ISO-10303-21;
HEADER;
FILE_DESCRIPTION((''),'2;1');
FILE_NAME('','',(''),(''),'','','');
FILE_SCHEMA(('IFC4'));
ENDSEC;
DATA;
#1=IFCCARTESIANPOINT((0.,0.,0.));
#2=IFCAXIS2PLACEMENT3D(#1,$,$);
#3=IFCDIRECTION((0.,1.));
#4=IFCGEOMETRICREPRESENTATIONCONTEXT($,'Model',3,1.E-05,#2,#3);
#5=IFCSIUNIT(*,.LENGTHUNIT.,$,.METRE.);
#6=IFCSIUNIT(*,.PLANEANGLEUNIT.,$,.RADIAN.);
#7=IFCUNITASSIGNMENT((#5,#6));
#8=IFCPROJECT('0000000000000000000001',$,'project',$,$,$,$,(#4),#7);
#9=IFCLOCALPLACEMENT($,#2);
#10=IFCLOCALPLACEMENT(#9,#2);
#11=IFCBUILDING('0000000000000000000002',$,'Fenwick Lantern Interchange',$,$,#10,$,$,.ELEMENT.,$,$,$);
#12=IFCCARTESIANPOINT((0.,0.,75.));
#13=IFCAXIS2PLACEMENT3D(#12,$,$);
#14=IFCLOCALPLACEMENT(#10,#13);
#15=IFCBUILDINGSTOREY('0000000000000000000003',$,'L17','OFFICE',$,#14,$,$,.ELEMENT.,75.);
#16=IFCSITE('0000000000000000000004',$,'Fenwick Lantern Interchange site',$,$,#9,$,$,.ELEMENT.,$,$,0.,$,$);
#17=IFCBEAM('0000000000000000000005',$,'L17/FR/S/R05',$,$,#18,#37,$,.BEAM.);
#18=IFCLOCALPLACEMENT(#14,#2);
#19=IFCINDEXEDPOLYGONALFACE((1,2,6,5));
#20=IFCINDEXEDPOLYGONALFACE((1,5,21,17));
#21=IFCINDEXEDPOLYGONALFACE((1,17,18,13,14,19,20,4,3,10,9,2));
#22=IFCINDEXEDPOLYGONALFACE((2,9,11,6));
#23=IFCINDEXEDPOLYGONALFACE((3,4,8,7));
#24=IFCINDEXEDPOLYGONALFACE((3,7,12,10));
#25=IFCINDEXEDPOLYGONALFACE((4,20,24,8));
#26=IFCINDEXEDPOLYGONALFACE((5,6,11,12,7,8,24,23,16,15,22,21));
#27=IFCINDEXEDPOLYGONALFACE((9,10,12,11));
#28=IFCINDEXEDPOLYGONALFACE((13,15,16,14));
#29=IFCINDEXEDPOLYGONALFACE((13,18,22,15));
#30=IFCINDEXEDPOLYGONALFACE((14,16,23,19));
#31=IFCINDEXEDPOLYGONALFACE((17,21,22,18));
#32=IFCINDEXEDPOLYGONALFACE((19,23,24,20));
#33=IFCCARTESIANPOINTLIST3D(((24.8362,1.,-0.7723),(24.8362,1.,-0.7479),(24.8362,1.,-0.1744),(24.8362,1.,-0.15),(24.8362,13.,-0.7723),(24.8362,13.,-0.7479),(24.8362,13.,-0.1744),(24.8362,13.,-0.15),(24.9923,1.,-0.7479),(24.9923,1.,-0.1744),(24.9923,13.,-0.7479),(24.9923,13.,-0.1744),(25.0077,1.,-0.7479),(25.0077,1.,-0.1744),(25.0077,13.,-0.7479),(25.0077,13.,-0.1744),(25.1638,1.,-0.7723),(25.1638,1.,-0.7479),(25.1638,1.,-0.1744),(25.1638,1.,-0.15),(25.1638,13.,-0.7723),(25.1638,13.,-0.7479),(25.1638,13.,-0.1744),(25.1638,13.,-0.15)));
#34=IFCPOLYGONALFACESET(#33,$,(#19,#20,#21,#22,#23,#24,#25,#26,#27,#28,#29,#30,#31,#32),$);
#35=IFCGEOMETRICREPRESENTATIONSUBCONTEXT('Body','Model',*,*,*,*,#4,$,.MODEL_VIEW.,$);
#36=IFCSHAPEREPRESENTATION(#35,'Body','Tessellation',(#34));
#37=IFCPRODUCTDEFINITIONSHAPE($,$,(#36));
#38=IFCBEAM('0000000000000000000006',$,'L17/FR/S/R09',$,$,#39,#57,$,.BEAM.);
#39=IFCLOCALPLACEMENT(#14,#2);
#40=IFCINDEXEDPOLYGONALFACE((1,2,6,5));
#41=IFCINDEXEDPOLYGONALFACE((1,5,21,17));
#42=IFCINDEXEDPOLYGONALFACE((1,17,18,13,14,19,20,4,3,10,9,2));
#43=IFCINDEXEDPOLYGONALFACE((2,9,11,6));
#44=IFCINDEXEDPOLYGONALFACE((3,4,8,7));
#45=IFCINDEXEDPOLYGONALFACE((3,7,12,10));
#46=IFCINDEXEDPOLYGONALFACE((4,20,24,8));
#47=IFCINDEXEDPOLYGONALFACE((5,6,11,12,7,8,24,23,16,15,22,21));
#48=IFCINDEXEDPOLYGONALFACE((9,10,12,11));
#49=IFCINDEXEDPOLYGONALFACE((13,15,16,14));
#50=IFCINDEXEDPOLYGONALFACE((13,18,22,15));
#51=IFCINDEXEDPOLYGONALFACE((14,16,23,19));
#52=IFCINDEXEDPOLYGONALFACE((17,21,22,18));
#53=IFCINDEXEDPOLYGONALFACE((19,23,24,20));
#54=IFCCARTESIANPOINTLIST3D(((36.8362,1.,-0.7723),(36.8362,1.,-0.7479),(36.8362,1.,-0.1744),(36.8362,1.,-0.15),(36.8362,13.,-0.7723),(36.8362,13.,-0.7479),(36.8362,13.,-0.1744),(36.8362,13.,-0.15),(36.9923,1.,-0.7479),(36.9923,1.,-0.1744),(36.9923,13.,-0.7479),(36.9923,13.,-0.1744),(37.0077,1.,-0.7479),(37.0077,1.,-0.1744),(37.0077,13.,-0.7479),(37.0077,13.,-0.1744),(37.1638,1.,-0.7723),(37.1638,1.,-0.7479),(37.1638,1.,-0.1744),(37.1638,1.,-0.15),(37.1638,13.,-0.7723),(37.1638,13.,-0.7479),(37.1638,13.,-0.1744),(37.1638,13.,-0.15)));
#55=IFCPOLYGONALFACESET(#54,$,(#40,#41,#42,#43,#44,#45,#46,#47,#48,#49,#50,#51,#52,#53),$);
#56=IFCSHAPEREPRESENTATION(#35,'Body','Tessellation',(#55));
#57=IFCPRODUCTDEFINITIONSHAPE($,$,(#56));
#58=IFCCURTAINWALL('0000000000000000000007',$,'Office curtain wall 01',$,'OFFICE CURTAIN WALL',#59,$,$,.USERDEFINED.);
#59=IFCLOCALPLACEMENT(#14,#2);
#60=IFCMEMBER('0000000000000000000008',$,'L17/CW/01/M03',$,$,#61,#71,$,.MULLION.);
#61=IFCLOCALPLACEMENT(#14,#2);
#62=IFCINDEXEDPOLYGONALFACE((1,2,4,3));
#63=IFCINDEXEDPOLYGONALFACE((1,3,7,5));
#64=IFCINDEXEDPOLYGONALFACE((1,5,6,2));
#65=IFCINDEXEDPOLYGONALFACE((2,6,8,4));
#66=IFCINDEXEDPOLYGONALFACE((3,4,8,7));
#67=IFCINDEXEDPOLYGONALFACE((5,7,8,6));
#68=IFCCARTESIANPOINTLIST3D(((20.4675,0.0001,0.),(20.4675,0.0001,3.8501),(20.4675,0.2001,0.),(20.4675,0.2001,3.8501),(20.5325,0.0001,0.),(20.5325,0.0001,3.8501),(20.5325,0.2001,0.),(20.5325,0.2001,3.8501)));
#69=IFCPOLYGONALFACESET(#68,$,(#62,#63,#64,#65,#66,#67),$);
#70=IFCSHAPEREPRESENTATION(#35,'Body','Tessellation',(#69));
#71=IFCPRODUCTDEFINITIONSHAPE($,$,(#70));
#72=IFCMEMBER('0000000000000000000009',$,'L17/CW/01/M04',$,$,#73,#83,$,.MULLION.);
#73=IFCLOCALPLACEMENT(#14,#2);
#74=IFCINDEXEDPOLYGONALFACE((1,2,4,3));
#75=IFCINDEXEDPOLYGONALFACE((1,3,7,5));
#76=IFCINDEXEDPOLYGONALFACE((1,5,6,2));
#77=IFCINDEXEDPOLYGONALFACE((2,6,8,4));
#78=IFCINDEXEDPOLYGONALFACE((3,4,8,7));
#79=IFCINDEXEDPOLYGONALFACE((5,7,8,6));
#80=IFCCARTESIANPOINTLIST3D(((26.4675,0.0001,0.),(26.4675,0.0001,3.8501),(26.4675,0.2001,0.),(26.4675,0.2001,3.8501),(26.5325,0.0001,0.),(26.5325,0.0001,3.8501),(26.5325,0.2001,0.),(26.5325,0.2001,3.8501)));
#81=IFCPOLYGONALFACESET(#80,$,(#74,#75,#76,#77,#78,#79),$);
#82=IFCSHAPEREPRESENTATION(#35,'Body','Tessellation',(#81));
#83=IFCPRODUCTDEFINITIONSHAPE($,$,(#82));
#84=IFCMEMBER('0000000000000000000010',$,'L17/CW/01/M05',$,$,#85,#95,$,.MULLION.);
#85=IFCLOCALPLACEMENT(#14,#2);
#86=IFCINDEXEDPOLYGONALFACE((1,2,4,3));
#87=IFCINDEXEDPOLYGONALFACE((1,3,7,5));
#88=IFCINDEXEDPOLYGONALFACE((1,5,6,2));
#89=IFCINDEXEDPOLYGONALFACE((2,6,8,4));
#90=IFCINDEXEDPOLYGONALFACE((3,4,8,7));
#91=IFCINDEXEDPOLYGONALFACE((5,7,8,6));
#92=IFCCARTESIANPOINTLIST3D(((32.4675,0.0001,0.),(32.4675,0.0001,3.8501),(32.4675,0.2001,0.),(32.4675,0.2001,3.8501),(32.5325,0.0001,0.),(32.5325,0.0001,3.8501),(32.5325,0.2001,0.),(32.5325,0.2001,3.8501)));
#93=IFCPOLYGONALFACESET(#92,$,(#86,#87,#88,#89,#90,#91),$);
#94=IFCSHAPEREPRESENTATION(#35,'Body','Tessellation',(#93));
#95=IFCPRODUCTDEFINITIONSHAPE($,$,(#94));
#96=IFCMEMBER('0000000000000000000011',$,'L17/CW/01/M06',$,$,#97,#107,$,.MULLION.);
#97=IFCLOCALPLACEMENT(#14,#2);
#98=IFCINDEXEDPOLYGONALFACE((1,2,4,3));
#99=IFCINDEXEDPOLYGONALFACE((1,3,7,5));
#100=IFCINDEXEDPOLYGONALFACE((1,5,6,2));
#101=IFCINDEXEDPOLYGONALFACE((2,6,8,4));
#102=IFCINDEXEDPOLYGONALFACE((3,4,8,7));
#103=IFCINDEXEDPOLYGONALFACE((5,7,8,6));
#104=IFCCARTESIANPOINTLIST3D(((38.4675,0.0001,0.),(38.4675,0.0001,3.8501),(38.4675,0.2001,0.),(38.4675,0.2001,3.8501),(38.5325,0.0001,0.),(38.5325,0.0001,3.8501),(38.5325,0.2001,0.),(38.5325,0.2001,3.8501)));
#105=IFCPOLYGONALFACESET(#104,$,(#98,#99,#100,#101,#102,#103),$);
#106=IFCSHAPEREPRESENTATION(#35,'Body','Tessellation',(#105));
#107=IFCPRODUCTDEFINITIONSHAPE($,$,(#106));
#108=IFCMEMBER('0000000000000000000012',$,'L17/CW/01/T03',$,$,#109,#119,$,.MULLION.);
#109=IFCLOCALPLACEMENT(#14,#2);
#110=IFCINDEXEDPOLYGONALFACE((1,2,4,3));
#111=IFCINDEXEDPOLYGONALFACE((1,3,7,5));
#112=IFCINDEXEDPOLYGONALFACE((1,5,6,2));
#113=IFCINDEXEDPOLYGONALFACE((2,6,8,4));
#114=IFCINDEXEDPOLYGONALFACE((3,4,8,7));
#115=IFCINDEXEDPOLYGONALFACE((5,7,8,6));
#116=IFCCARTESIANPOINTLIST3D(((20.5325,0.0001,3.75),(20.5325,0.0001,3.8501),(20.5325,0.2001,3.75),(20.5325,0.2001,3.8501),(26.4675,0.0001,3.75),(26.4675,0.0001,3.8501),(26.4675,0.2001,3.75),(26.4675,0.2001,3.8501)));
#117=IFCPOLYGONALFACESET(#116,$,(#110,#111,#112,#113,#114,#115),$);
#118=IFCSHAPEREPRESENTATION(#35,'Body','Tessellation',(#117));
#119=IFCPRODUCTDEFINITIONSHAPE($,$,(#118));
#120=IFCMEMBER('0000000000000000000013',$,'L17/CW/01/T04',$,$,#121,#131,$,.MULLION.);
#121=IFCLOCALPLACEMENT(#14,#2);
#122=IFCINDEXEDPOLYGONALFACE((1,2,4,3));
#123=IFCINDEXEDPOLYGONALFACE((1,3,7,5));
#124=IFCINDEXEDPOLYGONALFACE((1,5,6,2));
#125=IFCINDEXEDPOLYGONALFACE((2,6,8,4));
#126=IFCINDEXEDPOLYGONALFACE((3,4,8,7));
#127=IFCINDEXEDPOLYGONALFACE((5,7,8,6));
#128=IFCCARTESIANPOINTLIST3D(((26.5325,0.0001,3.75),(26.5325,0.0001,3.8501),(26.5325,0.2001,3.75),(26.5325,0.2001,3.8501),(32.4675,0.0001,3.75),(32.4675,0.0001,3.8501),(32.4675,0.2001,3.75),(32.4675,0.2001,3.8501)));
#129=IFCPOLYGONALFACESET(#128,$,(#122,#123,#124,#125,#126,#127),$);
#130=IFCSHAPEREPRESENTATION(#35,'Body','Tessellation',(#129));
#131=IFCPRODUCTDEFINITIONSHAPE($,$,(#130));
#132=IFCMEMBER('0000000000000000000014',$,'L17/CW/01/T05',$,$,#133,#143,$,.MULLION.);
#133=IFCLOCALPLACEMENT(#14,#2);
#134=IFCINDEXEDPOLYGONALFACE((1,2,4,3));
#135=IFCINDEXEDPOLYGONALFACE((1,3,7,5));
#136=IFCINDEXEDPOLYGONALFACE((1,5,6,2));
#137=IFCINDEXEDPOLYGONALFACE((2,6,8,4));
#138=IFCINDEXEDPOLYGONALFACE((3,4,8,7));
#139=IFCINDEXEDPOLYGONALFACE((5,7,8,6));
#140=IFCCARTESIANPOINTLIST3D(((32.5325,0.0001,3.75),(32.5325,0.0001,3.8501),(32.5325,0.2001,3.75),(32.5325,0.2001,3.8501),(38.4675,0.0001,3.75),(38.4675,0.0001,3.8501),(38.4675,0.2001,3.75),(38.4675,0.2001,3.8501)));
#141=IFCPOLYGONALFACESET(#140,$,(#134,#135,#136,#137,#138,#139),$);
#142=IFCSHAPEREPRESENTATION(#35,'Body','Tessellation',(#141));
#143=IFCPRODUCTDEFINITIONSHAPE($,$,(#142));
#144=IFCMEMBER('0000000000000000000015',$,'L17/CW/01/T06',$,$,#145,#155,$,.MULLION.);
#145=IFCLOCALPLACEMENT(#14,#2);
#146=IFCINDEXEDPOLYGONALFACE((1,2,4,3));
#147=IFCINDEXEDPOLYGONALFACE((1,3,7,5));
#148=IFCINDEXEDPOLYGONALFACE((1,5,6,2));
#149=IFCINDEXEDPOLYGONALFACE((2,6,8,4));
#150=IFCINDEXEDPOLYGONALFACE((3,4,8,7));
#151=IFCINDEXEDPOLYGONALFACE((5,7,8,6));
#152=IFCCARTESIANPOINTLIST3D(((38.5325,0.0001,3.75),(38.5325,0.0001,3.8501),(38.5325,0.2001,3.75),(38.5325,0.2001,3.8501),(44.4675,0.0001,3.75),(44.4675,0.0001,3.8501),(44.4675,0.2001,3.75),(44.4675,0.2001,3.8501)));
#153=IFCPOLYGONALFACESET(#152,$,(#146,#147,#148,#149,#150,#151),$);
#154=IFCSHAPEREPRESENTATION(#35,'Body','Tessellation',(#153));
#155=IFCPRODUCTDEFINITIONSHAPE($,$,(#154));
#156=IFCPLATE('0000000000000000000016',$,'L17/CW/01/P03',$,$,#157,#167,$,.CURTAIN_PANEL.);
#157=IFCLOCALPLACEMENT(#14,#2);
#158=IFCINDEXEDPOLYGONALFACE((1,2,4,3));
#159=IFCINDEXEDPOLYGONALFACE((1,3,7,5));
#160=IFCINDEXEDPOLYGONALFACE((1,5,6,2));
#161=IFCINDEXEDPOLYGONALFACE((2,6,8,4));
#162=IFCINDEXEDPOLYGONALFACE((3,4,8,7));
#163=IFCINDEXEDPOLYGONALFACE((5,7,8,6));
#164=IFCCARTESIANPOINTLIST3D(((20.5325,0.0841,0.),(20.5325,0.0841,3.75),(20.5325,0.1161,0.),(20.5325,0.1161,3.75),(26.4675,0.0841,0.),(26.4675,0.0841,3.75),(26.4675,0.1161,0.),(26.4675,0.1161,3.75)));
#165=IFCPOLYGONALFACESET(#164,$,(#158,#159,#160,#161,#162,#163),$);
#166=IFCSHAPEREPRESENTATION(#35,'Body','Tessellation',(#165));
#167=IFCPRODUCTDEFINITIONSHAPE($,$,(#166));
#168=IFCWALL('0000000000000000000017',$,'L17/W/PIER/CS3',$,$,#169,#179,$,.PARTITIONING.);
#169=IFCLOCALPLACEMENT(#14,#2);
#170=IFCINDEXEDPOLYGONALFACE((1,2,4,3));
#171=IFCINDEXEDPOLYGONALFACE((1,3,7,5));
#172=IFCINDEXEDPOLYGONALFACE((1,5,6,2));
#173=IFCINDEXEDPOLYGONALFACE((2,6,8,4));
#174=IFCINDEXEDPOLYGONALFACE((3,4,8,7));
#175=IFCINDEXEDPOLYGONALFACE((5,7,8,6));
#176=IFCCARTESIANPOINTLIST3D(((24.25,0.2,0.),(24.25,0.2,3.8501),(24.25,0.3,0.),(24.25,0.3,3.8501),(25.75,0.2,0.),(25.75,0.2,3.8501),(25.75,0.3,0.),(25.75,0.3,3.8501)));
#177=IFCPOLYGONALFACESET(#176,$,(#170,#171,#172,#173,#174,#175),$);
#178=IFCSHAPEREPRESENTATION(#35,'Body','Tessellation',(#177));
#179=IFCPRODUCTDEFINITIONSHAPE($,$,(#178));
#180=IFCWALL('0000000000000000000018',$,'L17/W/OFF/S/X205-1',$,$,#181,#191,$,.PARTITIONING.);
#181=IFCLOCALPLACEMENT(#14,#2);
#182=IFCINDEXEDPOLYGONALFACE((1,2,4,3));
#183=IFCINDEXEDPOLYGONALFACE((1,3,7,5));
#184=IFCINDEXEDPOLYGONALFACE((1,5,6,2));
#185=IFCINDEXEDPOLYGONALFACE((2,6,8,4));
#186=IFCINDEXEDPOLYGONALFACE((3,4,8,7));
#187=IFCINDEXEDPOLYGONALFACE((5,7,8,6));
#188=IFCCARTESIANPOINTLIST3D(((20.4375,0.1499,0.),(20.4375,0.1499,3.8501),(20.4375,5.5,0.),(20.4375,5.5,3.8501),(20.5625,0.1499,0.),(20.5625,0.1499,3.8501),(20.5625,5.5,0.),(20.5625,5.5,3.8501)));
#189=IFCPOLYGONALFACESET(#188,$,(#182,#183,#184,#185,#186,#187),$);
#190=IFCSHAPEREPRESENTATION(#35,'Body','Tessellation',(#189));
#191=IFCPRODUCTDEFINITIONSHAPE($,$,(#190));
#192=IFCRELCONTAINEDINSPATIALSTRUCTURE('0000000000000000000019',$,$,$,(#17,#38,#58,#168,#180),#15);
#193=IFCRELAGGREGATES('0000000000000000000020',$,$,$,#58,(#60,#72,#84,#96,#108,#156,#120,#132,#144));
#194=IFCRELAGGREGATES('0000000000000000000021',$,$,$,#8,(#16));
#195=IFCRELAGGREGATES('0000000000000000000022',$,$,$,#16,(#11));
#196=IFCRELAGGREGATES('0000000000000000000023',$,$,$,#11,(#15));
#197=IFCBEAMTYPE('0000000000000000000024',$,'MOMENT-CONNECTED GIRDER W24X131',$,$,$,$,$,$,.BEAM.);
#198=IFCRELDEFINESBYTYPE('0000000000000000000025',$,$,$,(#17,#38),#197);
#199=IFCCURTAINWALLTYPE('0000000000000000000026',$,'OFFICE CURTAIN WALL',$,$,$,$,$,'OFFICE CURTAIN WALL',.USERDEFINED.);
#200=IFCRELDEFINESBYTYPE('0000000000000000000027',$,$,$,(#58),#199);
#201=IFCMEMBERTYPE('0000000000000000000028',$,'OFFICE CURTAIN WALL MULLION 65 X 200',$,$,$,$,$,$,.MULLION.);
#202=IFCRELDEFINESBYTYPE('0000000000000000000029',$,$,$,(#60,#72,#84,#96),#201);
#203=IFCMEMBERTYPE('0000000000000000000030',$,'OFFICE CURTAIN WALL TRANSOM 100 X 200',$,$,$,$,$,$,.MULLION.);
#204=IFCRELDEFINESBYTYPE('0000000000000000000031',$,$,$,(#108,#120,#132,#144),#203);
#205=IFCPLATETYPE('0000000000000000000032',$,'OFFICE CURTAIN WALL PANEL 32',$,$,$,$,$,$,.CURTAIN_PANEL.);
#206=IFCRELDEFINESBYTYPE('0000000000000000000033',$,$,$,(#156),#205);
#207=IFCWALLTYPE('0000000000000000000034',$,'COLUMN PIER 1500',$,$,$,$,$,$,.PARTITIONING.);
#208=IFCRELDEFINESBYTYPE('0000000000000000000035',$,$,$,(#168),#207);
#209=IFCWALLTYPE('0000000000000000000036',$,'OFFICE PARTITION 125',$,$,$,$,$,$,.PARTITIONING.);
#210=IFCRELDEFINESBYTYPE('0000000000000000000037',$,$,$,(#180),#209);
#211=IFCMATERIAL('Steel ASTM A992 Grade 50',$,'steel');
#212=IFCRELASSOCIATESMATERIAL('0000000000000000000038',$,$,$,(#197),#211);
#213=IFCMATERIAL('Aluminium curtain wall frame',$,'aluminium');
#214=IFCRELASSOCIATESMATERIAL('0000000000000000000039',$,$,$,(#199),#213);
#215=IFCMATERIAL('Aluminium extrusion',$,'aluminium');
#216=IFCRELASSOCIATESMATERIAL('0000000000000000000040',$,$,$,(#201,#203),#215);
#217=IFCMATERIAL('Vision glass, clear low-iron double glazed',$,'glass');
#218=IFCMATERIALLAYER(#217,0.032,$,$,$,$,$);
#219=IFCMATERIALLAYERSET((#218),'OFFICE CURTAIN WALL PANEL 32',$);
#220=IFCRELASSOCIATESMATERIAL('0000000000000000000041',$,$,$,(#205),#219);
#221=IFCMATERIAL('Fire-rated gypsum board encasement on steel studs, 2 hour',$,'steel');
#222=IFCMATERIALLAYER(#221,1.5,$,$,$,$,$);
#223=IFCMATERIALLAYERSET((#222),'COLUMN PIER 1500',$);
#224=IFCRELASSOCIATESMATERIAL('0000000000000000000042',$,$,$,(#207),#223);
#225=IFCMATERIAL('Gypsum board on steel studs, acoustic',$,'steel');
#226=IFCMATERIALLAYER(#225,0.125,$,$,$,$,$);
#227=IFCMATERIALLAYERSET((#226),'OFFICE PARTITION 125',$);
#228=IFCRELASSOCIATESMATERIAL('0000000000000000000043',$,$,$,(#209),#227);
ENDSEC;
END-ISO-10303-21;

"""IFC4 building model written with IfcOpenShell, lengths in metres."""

from ifc_helpers import new_model, si_unit, direction, frame, frame_2d, origin, origin_2d, place, context, subcontext, project, spatial, rectangle, i_section, extrude, material, layer, layer_set, material_profile, profile_set, type_object, element, aggregate, save


model = new_model("IFC4")

# Units and contexts
model_context = context("Model", 3, precision=1e-05, world=origin(), true_north=direction((0.0, 1.0)))
body_context = subcontext(model_context, "Body", "Model", "MODEL_VIEW")
ifc_project = project(units=[si_unit("LENGTHUNIT", "METRE"), si_unit("PLANEANGLEUNIT", "RADIAN")], contexts=[model_context])

# Site, building, storey
site_placement = place(None, origin())
site = spatial("IfcSite", under=ifc_project, at=site_placement, Name="Fenwick Lantern Interchange site", CompositionType="ELEMENT", RefElevation=0.0)
building_placement = place(site_placement, origin())
building = spatial("IfcBuilding", under=site, at=building_placement, Name="Fenwick Lantern Interchange", CompositionType="ELEMENT")
storey_placement = place(building_placement, frame((0.0, 0.0, 75.0)))
storey = spatial("IfcBuildingStorey", under=building, at=storey_placement, Name="L17", Description="OFFICE", CompositionType="ELEMENT", Elevation=75.0)

# Beams
ifc_material_1 = material(Name="Steel ASTM A992 Grade 50", Category="steel")
ifc_material_profile_1 = material_profile(ifc_material_1, i_section(OverallWidth=0.3276, OverallDepth=0.6223, WebThickness=0.0154, FlangeThickness=0.0244, at=origin_2d()), Name="W24X131")
ifc_profile_set_1 = profile_set([ifc_material_profile_1], Name="Steel ASTM A992 Grade 50")
beam_type_1 = type_object("IfcBeamType", Name="MOMENT-CONNECTED GIRDER W24X131", PredefinedType="BEAM", material=ifc_profile_set_1)
for number, where, z_axis, x_axis, name in (
    (1, (25.0, 1.0, -0.4612), (0.0, 1.0, 0.0), (-1.0, 0.0, 0.0), "L17/FR/S/R05"),
    (2, (37.0, 1.0, -0.4612), (0.0, 1.0, 0.0), (-1.0, 0.0, 0.0), "L17/FR/S/R09"),
):
    element("IfcBeam", number, at=place(storey_placement, frame(where, z_axis=z_axis, x_axis=x_axis)), inside=storey, type_object=beam_type_1, Name=name, PredefinedType="BEAM", context=body_context, shape_type="SweptSolid", body=[
        extrude(i_section(OverallWidth=0.3276, OverallDepth=0.6223, WebThickness=0.0154, FlangeThickness=0.0244, at=origin_2d()), origin(), (0.0, 0.0, 1.0), 12.0),
    ])

# Curtain wall, members, plate
ifc_material_2 = material(Name="Aluminium curtain wall frame", Category="aluminium")
curtain_wall_type = type_object("IfcCurtainWallType", Name="OFFICE CURTAIN WALL", ElementType="OFFICE CURTAIN WALL", PredefinedType="USERDEFINED", material=ifc_material_2)
curtain_wall_placement = place(storey_placement, origin())
curtain_wall = element("IfcCurtainWall", 3, at=curtain_wall_placement, inside=storey, type_object=curtain_wall_type, Name="Office curtain wall 01", ObjectType="OFFICE CURTAIN WALL", PredefinedType="USERDEFINED")
ifc_material_3 = material(Name="Aluminium extrusion", Category="aluminium")
ifc_material_profile_2 = material_profile(ifc_material_3, rectangle(XDim=0.2, YDim=0.0649, at=origin_2d()), Name="OFFICE CURTAIN WALL MULLION 65 X 200")
ifc_profile_set_2 = profile_set([ifc_material_profile_2], Name="Aluminium extrusion")
member_type_1 = type_object("IfcMemberType", Name="OFFICE CURTAIN WALL MULLION 65 X 200", PredefinedType="MULLION", material=ifc_profile_set_2)
member_1_placement = place(storey_placement, frame((20.5, 0.1001, 0.0), z_axis=(0.0, 0.0, 1.0), x_axis=(0.0, 1.0, 0.0)))
member_1 = element("IfcMember", 4, at=member_1_placement, type_object=member_type_1, Name="L17/CW/01/M03", PredefinedType="MULLION", context=body_context, shape_type="SweptSolid", body=[
    extrude(rectangle(XDim=0.2, YDim=0.0649, at=origin_2d()), origin(), (0.0, 0.0, 1.0), 3.8501),
])
member_2_placement = place(storey_placement, frame((26.5, 0.1001, 0.0), z_axis=(0.0, 0.0, 1.0), x_axis=(0.0, 1.0, 0.0)))
member_2 = element("IfcMember", 5, at=member_2_placement, type_object=member_type_1, Name="L17/CW/01/M04", PredefinedType="MULLION", context=body_context, shape_type="SweptSolid", body=[
    extrude(rectangle(XDim=0.2, YDim=0.0649, at=origin_2d()), origin(), (0.0, 0.0, 1.0), 3.8501),
])
member_3_placement = place(storey_placement, frame((32.5, 0.1001, 0.0), z_axis=(0.0, 0.0, 1.0), x_axis=(0.0, 1.0, 0.0)))
member_3 = element("IfcMember", 6, at=member_3_placement, type_object=member_type_1, Name="L17/CW/01/M05", PredefinedType="MULLION", context=body_context, shape_type="SweptSolid", body=[
    extrude(rectangle(XDim=0.2, YDim=0.0649, at=origin_2d()), origin(), (0.0, 0.0, 1.0), 3.8501),
])
member_4_placement = place(storey_placement, frame((38.5, 0.1001, 0.0), z_axis=(0.0, 0.0, 1.0), x_axis=(0.0, 1.0, 0.0)))
member_4 = element("IfcMember", 7, at=member_4_placement, type_object=member_type_1, Name="L17/CW/01/M06", PredefinedType="MULLION", context=body_context, shape_type="SweptSolid", body=[
    extrude(rectangle(XDim=0.2, YDim=0.0649, at=origin_2d()), origin(), (0.0, 0.0, 1.0), 3.8501),
])
ifc_material_profile_3 = material_profile(ifc_material_3, rectangle(XDim=0.2, YDim=0.1001, at=origin_2d()), Name="OFFICE CURTAIN WALL TRANSOM 100 X 200")
ifc_profile_set_3 = profile_set([ifc_material_profile_3], Name="Aluminium extrusion")
member_type_2 = type_object("IfcMemberType", Name="OFFICE CURTAIN WALL TRANSOM 100 X 200", PredefinedType="MULLION", material=ifc_profile_set_3)
member_5_placement = place(storey_placement, frame((20.5325, 0.1001, 3.8), z_axis=(1.0, 0.0, 0.0), x_axis=(0.0, 1.0, 0.0)))
member_5 = element("IfcMember", 8, at=member_5_placement, type_object=member_type_2, Name="L17/CW/01/T03", PredefinedType="MULLION", context=body_context, shape_type="SweptSolid", body=[
    extrude(rectangle(XDim=0.2, YDim=0.1001, at=origin_2d()), origin(), (0.0, 0.0, 1.0), 5.9351),
])
member_6_placement = place(storey_placement, frame((26.5325, 0.1001, 3.8), z_axis=(1.0, 0.0, 0.0), x_axis=(0.0, 1.0, 0.0)))
member_6 = element("IfcMember", 9, at=member_6_placement, type_object=member_type_2, Name="L17/CW/01/T04", PredefinedType="MULLION", context=body_context, shape_type="SweptSolid", body=[
    extrude(rectangle(XDim=0.2, YDim=0.1001, at=origin_2d()), origin(), (0.0, 0.0, 1.0), 5.9351),
])
member_7_placement = place(storey_placement, frame((32.5325, 0.1001, 3.8), z_axis=(1.0, 0.0, 0.0), x_axis=(0.0, 1.0, 0.0)))
member_7 = element("IfcMember", 10, at=member_7_placement, type_object=member_type_2, Name="L17/CW/01/T05", PredefinedType="MULLION", context=body_context, shape_type="SweptSolid", body=[
    extrude(rectangle(XDim=0.2, YDim=0.1001, at=origin_2d()), origin(), (0.0, 0.0, 1.0), 5.9351),
])
member_8_placement = place(storey_placement, frame((38.5325, 0.1001, 3.8), z_axis=(1.0, 0.0, 0.0), x_axis=(0.0, 1.0, 0.0)))
member_8 = element("IfcMember", 11, at=member_8_placement, type_object=member_type_2, Name="L17/CW/01/T06", PredefinedType="MULLION", context=body_context, shape_type="SweptSolid", body=[
    extrude(rectangle(XDim=0.2, YDim=0.1001, at=origin_2d()), origin(), (0.0, 0.0, 1.0), 5.9351),
])
ifc_material_4 = material(Name="Vision glass, clear low-iron double glazed", Category="glass")
ifc_layer_1 = layer(ifc_material_4, 0.032)
ifc_layer_set_1 = layer_set([ifc_layer_1], Name="OFFICE CURTAIN WALL PANEL 32")
plate_type = type_object("IfcPlateType", Name="OFFICE CURTAIN WALL PANEL 32", PredefinedType="CURTAIN_PANEL", material=ifc_layer_set_1)
plate_placement = place(storey_placement, frame((23.5, 0.1001, 0.0), z_axis=(0.0, 0.0, 1.0), x_axis=(1.0, 0.0, 0.0)))
plate = element("IfcPlate", 12, at=plate_placement, type_object=plate_type, Name="L17/CW/01/P03", PredefinedType="CURTAIN_PANEL", context=body_context, shape_type="SweptSolid", body=[
    extrude(rectangle(XDim=5.9351, YDim=0.032, at=origin_2d()), origin(), (0.0, 0.0, 1.0), 3.75),
])
aggregate(curtain_wall, [member_1, member_2, member_3, member_4, member_5, plate, member_6, member_7, member_8])

# Walls
ifc_material_5 = material(Name="Fire-rated gypsum board encasement on steel studs, 2 hour", Category="steel")
ifc_layer_2 = layer(ifc_material_5, 1.5)
ifc_layer_set_2 = layer_set([ifc_layer_2], Name="COLUMN PIER 1500")
wall_type_1 = type_object("IfcWallType", Name="COLUMN PIER 1500", PredefinedType="PARTITIONING", material=ifc_layer_set_2)
wall_1_placement = place(storey_placement, frame((25.0, 0.2, 0.0), z_axis=(0.0, 0.0, 1.0), x_axis=(0.0, 1.0, 0.0)))
element("IfcWall", 13, at=wall_1_placement, inside=storey, type_object=wall_type_1, Name="L17/W/PIER/CS3", PredefinedType="PARTITIONING", context=body_context, shape_type="SweptSolid", body=[
    extrude(rectangle(XDim=0.1001, YDim=1.5, at=frame_2d((0.05, 0.0))), origin(), (0.0, 0.0, 1.0), 3.8501),
])
ifc_material_6 = material(Name="Gypsum board on steel studs, acoustic", Category="steel")
ifc_layer_3 = layer(ifc_material_6, 0.125)
ifc_layer_set_3 = layer_set([ifc_layer_3], Name="OFFICE PARTITION 125")
wall_type_2 = type_object("IfcWallType", Name="OFFICE PARTITION 125", PredefinedType="PARTITIONING", material=ifc_layer_set_3)
for number, where, z_axis, x_axis, name in (
    (14, (20.5, 0.1499, 0.0), (0.0, 0.0, 1.0), (0.0, 1.0, 0.0), "L17/W/OFF/S/X205-1"),
):
    element("IfcWall", number, at=place(storey_placement, frame(where, z_axis=z_axis, x_axis=x_axis)), inside=storey, type_object=wall_type_2, Name=name, PredefinedType="PARTITIONING", context=body_context, shape_type="SweptSolid", body=[
        extrude(rectangle(XDim=5.3501, YDim=0.125, at=frame_2d((2.675, 0.0))), origin(), (0.0, 0.0, 1.0), 3.8501),
    ])

save(model, "model.ifc")
